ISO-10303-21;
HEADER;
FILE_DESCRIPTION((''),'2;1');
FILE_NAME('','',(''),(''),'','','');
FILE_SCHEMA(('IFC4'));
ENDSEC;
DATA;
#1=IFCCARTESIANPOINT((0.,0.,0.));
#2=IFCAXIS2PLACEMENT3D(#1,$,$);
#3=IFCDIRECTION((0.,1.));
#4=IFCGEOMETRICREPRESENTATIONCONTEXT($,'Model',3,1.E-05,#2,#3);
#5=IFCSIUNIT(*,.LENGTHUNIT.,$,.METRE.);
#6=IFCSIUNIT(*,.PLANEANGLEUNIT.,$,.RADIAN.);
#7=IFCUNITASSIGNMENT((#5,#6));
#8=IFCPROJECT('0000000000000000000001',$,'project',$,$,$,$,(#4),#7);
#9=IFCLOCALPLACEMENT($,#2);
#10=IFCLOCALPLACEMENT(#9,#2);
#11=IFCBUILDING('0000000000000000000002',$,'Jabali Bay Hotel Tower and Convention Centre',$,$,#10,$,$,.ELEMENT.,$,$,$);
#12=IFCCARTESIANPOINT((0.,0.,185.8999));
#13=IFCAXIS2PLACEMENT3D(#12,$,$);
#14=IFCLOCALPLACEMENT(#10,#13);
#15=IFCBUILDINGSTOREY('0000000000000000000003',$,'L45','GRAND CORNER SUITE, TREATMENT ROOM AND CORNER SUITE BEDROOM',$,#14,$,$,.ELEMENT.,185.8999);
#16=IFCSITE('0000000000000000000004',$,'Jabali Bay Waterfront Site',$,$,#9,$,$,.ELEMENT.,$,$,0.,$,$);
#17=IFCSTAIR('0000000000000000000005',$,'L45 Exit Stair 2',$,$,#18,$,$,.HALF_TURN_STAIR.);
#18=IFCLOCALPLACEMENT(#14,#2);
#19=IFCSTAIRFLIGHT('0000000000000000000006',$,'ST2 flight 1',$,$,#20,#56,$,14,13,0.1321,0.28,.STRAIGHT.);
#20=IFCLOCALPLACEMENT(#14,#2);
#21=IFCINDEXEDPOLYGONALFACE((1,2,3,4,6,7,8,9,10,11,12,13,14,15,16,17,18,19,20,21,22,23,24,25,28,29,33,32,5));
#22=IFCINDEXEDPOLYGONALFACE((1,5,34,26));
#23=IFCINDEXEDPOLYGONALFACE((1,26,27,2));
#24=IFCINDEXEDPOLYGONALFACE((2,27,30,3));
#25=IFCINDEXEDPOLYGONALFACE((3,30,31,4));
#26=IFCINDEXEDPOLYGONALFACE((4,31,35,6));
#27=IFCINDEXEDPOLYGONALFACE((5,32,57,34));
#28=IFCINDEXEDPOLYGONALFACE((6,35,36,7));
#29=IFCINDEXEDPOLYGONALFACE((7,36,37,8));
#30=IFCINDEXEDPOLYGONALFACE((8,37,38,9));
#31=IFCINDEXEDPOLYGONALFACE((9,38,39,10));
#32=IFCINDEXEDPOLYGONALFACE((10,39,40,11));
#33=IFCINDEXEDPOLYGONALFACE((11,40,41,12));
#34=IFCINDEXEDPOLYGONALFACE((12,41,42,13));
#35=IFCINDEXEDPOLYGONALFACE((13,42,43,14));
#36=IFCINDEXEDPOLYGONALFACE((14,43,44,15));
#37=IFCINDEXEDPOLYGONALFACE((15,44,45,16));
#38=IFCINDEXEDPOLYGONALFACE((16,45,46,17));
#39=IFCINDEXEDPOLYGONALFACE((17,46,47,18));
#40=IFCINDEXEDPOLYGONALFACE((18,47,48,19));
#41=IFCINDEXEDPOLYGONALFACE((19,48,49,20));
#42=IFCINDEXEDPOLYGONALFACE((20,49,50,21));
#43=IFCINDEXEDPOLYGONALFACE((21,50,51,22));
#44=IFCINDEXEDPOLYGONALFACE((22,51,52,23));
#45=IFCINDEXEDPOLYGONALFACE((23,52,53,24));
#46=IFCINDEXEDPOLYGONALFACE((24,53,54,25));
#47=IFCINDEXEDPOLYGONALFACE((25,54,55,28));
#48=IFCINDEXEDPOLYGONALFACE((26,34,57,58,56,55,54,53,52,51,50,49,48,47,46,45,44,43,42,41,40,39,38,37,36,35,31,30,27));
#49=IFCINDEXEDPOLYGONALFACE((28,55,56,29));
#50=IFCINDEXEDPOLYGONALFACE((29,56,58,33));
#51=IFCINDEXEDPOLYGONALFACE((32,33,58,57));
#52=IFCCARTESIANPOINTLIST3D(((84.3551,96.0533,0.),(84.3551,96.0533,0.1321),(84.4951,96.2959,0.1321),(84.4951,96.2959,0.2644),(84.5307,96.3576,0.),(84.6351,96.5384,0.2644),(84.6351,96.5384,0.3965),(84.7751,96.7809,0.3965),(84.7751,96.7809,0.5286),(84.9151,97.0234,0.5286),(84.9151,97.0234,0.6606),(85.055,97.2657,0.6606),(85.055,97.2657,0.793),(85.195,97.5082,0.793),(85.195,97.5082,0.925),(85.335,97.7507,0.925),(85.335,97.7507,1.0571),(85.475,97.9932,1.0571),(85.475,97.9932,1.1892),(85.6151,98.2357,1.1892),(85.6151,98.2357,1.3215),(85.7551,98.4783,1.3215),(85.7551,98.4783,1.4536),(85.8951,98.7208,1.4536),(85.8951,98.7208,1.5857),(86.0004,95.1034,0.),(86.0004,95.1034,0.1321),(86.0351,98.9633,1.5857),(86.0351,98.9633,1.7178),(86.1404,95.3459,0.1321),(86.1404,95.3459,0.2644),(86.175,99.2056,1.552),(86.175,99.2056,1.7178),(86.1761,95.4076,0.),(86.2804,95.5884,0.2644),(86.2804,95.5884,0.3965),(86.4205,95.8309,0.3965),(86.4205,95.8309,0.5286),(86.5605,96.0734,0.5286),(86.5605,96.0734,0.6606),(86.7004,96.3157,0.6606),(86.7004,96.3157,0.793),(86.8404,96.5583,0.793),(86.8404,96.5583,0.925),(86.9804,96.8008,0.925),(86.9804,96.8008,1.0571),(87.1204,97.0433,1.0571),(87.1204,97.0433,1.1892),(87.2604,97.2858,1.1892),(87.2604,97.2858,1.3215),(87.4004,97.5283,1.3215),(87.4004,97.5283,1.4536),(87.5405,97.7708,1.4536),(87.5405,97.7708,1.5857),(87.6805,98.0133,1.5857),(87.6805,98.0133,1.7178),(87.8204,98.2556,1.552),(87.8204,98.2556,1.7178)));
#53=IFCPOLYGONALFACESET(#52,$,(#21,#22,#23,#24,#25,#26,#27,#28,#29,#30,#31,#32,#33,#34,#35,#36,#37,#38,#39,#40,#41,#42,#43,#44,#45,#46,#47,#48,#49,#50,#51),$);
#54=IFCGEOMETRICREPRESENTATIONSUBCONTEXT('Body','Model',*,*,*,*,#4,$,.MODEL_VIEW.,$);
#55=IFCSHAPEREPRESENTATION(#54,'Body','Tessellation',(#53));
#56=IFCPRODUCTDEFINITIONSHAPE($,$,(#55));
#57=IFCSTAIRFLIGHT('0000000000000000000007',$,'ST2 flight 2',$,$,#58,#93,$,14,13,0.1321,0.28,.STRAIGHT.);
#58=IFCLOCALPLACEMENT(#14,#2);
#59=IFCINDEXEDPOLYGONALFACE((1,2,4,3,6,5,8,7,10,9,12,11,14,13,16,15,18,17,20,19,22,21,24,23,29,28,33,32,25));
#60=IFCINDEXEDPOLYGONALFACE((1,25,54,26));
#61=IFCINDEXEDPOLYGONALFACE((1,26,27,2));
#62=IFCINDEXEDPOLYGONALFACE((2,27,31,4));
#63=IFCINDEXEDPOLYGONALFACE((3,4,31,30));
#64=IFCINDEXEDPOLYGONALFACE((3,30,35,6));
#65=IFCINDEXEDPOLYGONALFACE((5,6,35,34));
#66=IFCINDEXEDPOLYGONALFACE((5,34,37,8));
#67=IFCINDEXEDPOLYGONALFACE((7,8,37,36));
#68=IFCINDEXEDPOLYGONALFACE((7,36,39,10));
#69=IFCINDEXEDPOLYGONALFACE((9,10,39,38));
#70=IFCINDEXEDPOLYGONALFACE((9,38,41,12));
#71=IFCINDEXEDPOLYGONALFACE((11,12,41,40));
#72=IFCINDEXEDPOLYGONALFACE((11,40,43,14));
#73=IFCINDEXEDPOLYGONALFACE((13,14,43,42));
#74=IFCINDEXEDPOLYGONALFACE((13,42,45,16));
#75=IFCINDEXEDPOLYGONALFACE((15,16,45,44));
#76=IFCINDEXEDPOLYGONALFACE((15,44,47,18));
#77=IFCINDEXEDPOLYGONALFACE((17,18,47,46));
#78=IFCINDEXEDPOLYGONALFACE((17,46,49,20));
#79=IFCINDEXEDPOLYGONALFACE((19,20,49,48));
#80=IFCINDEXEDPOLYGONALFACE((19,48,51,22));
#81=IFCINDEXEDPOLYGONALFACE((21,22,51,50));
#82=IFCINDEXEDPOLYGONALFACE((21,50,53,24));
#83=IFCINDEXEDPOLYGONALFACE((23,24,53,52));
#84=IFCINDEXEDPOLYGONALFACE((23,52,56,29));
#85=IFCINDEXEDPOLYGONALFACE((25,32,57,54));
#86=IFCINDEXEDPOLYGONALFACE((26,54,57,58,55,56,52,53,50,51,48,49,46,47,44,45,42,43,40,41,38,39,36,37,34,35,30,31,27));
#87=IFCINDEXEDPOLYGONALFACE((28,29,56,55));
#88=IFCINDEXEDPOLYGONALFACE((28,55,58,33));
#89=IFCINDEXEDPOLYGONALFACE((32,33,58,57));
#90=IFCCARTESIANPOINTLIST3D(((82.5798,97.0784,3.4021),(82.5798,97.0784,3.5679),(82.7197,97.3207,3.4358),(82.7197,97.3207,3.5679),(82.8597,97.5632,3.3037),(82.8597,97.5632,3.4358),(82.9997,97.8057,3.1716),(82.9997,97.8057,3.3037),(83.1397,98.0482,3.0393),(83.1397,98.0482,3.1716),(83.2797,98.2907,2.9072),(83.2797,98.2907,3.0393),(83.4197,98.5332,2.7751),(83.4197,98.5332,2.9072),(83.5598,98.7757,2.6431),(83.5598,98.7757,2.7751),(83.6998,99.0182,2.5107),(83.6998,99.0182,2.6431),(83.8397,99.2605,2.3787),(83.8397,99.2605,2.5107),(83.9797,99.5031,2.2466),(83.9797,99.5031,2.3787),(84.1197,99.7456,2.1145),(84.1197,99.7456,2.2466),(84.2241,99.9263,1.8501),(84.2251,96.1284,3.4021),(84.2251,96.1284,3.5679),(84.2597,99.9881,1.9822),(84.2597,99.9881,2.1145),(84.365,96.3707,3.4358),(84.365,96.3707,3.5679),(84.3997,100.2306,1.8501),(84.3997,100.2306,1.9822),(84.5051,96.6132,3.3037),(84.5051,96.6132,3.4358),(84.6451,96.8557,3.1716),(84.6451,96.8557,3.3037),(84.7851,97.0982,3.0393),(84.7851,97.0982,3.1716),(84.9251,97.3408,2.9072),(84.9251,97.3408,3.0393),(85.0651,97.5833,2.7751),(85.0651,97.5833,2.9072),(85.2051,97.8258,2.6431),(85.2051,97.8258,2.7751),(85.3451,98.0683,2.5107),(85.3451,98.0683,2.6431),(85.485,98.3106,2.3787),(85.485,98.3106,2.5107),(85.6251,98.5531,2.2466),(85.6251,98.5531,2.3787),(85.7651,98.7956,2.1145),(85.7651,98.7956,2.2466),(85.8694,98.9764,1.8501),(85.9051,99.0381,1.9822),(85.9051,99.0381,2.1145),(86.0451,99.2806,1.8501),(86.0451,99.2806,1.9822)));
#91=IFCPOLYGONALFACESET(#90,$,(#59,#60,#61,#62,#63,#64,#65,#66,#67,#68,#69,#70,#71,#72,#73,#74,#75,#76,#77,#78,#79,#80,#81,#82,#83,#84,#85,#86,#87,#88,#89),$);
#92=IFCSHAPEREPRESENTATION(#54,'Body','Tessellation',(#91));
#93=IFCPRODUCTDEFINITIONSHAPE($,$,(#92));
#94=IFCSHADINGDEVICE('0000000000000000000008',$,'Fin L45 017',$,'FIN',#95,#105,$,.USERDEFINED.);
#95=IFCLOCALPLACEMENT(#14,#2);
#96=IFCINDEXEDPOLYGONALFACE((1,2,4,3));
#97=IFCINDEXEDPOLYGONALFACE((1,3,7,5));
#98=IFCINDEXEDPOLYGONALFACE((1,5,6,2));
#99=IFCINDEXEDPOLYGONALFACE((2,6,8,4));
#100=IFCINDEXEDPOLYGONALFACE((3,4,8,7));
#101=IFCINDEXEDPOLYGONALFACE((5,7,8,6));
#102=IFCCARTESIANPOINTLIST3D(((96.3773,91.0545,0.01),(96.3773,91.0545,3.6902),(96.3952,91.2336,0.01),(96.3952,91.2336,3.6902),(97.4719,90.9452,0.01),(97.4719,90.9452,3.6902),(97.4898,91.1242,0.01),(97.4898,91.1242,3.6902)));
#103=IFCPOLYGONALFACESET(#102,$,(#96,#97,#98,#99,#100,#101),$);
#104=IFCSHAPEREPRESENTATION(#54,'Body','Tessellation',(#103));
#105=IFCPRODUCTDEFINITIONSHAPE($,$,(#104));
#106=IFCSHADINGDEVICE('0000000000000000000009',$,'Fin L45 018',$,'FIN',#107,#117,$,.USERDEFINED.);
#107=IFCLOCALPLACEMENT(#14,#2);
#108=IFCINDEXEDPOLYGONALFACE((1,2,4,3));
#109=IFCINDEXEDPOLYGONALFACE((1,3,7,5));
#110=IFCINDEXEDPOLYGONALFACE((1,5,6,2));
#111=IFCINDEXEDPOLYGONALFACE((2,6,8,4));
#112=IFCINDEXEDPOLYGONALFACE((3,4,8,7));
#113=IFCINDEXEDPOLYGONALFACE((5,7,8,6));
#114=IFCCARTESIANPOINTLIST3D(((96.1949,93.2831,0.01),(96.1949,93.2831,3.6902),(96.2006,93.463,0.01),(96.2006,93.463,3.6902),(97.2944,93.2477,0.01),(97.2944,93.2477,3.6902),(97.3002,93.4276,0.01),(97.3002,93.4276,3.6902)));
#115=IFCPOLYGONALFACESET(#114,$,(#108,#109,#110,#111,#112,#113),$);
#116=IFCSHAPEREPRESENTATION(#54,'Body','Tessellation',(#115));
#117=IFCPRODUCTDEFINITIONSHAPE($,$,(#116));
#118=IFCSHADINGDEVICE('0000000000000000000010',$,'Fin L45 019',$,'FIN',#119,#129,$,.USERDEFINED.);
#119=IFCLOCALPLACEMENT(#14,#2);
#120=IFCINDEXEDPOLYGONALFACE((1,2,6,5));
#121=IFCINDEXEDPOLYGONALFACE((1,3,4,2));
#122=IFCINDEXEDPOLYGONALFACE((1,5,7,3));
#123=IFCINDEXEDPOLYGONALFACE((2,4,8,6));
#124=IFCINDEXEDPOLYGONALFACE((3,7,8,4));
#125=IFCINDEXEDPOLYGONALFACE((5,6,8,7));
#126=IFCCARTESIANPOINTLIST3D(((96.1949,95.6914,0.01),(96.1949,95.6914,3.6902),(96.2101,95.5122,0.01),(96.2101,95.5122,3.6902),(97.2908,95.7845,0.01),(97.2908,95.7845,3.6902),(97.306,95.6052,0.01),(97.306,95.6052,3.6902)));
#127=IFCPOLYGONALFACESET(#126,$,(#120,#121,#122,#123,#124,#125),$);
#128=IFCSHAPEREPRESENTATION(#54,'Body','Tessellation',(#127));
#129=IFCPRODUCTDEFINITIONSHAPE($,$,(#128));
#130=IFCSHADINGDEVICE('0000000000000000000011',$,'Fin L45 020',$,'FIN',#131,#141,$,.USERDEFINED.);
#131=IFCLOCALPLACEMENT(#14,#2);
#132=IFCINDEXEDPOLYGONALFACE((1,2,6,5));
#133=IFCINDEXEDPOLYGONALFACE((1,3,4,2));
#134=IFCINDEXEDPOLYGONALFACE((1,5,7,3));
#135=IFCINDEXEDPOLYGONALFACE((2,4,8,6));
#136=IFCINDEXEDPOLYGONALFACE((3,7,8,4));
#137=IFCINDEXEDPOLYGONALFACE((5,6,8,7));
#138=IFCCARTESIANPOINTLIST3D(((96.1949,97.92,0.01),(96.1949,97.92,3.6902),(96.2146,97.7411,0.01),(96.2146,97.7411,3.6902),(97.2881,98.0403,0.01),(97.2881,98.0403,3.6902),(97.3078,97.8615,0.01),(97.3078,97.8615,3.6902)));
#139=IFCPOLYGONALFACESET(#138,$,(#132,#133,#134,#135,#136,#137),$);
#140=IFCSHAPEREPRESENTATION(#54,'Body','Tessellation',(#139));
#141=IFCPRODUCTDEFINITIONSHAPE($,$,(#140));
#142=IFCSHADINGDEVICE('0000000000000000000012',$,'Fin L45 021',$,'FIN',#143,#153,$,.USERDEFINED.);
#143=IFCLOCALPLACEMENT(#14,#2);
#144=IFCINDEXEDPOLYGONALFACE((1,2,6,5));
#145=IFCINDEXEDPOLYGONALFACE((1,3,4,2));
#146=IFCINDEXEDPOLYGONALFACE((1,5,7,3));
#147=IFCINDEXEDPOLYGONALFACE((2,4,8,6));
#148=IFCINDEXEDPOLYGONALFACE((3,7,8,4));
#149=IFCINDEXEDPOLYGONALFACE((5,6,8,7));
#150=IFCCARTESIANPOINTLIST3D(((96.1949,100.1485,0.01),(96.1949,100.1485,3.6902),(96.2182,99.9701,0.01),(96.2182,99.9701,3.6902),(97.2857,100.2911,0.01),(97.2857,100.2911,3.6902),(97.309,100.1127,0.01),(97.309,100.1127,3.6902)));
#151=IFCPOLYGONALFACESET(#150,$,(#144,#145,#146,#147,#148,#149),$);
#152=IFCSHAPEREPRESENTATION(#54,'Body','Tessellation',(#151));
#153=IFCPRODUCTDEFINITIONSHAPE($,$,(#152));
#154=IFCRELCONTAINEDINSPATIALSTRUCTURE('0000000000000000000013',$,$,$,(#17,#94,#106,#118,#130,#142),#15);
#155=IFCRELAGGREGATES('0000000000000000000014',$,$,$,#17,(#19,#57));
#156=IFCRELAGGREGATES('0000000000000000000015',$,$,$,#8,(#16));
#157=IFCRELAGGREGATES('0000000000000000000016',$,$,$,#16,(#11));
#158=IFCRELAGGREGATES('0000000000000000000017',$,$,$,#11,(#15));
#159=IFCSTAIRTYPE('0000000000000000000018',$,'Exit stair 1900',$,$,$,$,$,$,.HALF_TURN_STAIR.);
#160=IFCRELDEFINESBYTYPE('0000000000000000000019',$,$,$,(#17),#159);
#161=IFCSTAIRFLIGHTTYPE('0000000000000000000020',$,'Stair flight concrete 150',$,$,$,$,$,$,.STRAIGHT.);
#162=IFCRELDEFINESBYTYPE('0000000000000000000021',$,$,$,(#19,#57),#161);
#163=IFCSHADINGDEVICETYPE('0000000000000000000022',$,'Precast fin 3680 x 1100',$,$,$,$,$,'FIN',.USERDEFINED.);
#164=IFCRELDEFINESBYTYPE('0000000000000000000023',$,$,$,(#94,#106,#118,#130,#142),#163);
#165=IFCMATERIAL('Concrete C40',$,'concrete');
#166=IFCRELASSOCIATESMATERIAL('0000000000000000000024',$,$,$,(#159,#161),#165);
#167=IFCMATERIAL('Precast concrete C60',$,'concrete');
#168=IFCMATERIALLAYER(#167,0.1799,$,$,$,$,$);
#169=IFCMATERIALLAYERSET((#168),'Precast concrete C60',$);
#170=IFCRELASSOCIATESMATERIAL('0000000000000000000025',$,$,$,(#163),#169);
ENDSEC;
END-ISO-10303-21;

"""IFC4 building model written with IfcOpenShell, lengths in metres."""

from ifc_helpers import new_model, si_unit, direction, frame, frame_2d, origin, place, context, subcontext, project, spatial, polyline, rectangle, outline, extrude, material, layer, layer_set, type_object, element, aggregate, save


model = new_model("IFC4")

# Units and contexts
model_context = context("Model", 3, precision=1e-05, world=origin(), true_north=direction((0.0, 1.0)))
body_context = subcontext(model_context, "Body", "Model", "MODEL_VIEW")
ifc_project = project(units=[si_unit("LENGTHUNIT", "METRE"), si_unit("PLANEANGLEUNIT", "RADIAN")], contexts=[model_context])

# Site, building, storey
site_placement = place(None, origin())
site = spatial("IfcSite", under=ifc_project, at=site_placement, Name="Jabali Bay Waterfront Site", CompositionType="ELEMENT", RefElevation=0.0)
building_placement = place(site_placement, origin())
building = spatial("IfcBuilding", under=site, at=building_placement, Name="Jabali Bay Hotel Tower and Convention Centre", CompositionType="ELEMENT")
storey_placement = place(building_placement, frame((0.0, 0.0, 185.8999)))
storey = spatial("IfcBuildingStorey", under=building, at=storey_placement, Name="L45", Description="GRAND CORNER SUITE, TREATMENT ROOM AND CORNER SUITE BEDROOM", CompositionType="ELEMENT", Elevation=185.8999)

# Shared definitions
ifc_material_1 = material(Name="Concrete C40", Category="concrete")

# Stair, stair flights
stair_type = type_object("IfcStairType", Name="Exit stair 1900", PredefinedType="HALF_TURN_STAIR", material=ifc_material_1)
stair_placement = place(storey_placement, origin())
stair = element("IfcStair", 1, at=stair_placement, inside=storey, type_object=stair_type, Name="L45 Exit Stair 2", PredefinedType="HALF_TURN_STAIR")
stair_flight_type = type_object("IfcStairFlightType", Name="Stair flight concrete 150", PredefinedType="STRAIGHT", material=ifc_material_1)
stair_flight_1_placement = place(storey_placement, frame((85.1777, 95.5784, 0.0), z_axis=(0.0, 0.0, 1.0), x_axis=(0.5, 0.866025, 0.0)))
stair_flight_1 = element("IfcStairFlight", 2, at=stair_flight_1_placement, type_object=stair_flight_type, Name="ST2 flight 1", NumberOfRisers=14, NumberOfTreads=13, PredefinedType="STRAIGHT", RiserHeight=0.1321, TreadLength=0.28, context=body_context, shape_type="SweptSolid", body=[
    extrude(outline(polyline([(0.0, 0.0), (0.0, 0.1321), (0.28, 0.1321), (0.28, 0.2644), (0.5601, 0.2644), (0.5601, 0.3965), (0.8401, 0.3965), (0.8401, 0.5286), (1.1201, 0.5286), (1.1201, 0.6606), (1.3999, 0.6606), (1.3999, 0.793), (1.6799, 0.793), (1.6799, 0.925), (1.96, 0.925), (1.96, 1.0571), (2.24, 1.0571), (2.24, 1.1892), (2.52, 1.1892), (2.52, 1.3215), (2.8, 1.3215), (2.8, 1.4536), (3.0801, 1.4536), (3.0801, 1.5857), (3.3601, 1.5857), (3.3601, 1.7178), (3.6399, 1.7178), (3.6399, 1.8501), (3.6399, 1.552), (0.3513, 0.0), (0.0, 0.0)])), frame((0.0, 0.95, 0.0), z_axis=(0.0, -1.0, 0.0), x_axis=(1.0, 0.0, 0.0)), (0.0, 0.0, 1.0), 1.8999),
])
stair_flight_2_placement = place(storey_placement, frame((85.2224, 99.7556, 1.8501), z_axis=(0.0, 0.0, 1.0), x_axis=(-0.5, -0.866025, 0.0)))
stair_flight_2 = element("IfcStairFlight", 3, at=stair_flight_2_placement, type_object=stair_flight_type, Name="ST2 flight 2", NumberOfRisers=14, NumberOfTreads=13, PredefinedType="STRAIGHT", RiserHeight=0.1321, TreadLength=0.28, context=body_context, shape_type="SweptSolid", body=[
    extrude(outline(polyline([(0.0, 0.0), (0.0, 0.1321), (0.28, 0.1321), (0.28, 0.2644), (0.5601, 0.2644), (0.5601, 0.3965), (0.8401, 0.3965), (0.8401, 0.5286), (1.1201, 0.5286), (1.1201, 0.6606), (1.3999, 0.6606), (1.3999, 0.793), (1.6799, 0.793), (1.6799, 0.925), (1.96, 0.925), (1.96, 1.0571), (2.24, 1.0571), (2.24, 1.1892), (2.52, 1.1892), (2.52, 1.3215), (2.8, 1.3215), (2.8, 1.4536), (3.0801, 1.4536), (3.0801, 1.5857), (3.3601, 1.5857), (3.3601, 1.7178), (3.6399, 1.7178), (3.6399, 1.8501), (3.6399, 1.552), (0.3513, 0.0), (0.0, 0.0)])), frame((0.0, 0.95, 0.0), z_axis=(0.0, -1.0, 0.0), x_axis=(1.0, 0.0, 0.0)), (0.0, 0.0, 1.0), 1.8999),
])
aggregate(stair, [stair_flight_1, stair_flight_2])

# Shading devices
ifc_material_2 = material(Name="Precast concrete C60", Category="concrete")
ifc_layer_1 = layer(ifc_material_2, 0.1799)
ifc_layer_set_1 = layer_set([ifc_layer_1], Name="Precast concrete C60")
shading_device_type = type_object("IfcShadingDeviceType", Name="Precast fin 3680 x 1100", ElementType="FIN", PredefinedType="USERDEFINED", material=ifc_layer_set_1)
for number, where, z_axis, x_axis, name in (
    (4, (96.3862, 91.144, 0.01), (0.0, 0.0, 1.0), (0.995046, -0.099416, 0.0), "Fin L45 017"),
    (5, (96.1978, 93.373, 0.01), (0.0, 0.0, 1.0), (0.999482, -0.032177, 0.0), "Fin L45 018"),
):
    element("IfcShadingDevice", number, at=place(storey_placement, frame(where, z_axis=z_axis, x_axis=x_axis)), inside=storey, type_object=shading_device_type, Name=name, ObjectType="FIN", PredefinedType="USERDEFINED", context=body_context, shape_type="SweptSolid", body=[
        extrude(rectangle(XDim=1.1001, YDim=0.1799, at=frame_2d((0.55, 0.0))), origin(), (0.0, 0.0, 1.0), 3.6802),
    ])
for number, where, z_axis, x_axis, name in (
    (6, (96.2026, 95.6018, 0.01), (0.0, 0.0, 1.0), (0.996418, 0.08457, 0.0), "Fin L45 019"),
    (7, (96.2048, 97.8306, 0.01), (0.0, 0.0, 1.0), (0.993994, 0.109433, 0.0), "Fin L45 020"),
):
    element("IfcShadingDevice", number, at=place(storey_placement, frame(where, z_axis=z_axis, x_axis=x_axis)), inside=storey, type_object=shading_device_type, Name=name, ObjectType="FIN", PredefinedType="USERDEFINED", context=body_context, shape_type="SweptSolid", body=[
        extrude(rectangle(XDim=1.0999, YDim=0.1799, at=frame_2d((0.5498, 0.0))), origin(), (0.0, 0.0, 1.0), 3.6802),
    ])
shading_device_placement = place(storey_placement, frame((96.2065, 100.0593, 0.01), z_axis=(0.0, 0.0, 1.0), x_axis=(0.991566, 0.129605, 0.0)))
element("IfcShadingDevice", 8, at=shading_device_placement, inside=storey, type_object=shading_device_type, Name="Fin L45 021", ObjectType="FIN", PredefinedType="USERDEFINED", context=body_context, shape_type="SweptSolid", body=[
    extrude(rectangle(XDim=1.1001, YDim=0.1799, at=frame_2d((0.55, 0.0))), origin(), (0.0, 0.0, 1.0), 3.6802),
])

save(model, "model.ifc")
